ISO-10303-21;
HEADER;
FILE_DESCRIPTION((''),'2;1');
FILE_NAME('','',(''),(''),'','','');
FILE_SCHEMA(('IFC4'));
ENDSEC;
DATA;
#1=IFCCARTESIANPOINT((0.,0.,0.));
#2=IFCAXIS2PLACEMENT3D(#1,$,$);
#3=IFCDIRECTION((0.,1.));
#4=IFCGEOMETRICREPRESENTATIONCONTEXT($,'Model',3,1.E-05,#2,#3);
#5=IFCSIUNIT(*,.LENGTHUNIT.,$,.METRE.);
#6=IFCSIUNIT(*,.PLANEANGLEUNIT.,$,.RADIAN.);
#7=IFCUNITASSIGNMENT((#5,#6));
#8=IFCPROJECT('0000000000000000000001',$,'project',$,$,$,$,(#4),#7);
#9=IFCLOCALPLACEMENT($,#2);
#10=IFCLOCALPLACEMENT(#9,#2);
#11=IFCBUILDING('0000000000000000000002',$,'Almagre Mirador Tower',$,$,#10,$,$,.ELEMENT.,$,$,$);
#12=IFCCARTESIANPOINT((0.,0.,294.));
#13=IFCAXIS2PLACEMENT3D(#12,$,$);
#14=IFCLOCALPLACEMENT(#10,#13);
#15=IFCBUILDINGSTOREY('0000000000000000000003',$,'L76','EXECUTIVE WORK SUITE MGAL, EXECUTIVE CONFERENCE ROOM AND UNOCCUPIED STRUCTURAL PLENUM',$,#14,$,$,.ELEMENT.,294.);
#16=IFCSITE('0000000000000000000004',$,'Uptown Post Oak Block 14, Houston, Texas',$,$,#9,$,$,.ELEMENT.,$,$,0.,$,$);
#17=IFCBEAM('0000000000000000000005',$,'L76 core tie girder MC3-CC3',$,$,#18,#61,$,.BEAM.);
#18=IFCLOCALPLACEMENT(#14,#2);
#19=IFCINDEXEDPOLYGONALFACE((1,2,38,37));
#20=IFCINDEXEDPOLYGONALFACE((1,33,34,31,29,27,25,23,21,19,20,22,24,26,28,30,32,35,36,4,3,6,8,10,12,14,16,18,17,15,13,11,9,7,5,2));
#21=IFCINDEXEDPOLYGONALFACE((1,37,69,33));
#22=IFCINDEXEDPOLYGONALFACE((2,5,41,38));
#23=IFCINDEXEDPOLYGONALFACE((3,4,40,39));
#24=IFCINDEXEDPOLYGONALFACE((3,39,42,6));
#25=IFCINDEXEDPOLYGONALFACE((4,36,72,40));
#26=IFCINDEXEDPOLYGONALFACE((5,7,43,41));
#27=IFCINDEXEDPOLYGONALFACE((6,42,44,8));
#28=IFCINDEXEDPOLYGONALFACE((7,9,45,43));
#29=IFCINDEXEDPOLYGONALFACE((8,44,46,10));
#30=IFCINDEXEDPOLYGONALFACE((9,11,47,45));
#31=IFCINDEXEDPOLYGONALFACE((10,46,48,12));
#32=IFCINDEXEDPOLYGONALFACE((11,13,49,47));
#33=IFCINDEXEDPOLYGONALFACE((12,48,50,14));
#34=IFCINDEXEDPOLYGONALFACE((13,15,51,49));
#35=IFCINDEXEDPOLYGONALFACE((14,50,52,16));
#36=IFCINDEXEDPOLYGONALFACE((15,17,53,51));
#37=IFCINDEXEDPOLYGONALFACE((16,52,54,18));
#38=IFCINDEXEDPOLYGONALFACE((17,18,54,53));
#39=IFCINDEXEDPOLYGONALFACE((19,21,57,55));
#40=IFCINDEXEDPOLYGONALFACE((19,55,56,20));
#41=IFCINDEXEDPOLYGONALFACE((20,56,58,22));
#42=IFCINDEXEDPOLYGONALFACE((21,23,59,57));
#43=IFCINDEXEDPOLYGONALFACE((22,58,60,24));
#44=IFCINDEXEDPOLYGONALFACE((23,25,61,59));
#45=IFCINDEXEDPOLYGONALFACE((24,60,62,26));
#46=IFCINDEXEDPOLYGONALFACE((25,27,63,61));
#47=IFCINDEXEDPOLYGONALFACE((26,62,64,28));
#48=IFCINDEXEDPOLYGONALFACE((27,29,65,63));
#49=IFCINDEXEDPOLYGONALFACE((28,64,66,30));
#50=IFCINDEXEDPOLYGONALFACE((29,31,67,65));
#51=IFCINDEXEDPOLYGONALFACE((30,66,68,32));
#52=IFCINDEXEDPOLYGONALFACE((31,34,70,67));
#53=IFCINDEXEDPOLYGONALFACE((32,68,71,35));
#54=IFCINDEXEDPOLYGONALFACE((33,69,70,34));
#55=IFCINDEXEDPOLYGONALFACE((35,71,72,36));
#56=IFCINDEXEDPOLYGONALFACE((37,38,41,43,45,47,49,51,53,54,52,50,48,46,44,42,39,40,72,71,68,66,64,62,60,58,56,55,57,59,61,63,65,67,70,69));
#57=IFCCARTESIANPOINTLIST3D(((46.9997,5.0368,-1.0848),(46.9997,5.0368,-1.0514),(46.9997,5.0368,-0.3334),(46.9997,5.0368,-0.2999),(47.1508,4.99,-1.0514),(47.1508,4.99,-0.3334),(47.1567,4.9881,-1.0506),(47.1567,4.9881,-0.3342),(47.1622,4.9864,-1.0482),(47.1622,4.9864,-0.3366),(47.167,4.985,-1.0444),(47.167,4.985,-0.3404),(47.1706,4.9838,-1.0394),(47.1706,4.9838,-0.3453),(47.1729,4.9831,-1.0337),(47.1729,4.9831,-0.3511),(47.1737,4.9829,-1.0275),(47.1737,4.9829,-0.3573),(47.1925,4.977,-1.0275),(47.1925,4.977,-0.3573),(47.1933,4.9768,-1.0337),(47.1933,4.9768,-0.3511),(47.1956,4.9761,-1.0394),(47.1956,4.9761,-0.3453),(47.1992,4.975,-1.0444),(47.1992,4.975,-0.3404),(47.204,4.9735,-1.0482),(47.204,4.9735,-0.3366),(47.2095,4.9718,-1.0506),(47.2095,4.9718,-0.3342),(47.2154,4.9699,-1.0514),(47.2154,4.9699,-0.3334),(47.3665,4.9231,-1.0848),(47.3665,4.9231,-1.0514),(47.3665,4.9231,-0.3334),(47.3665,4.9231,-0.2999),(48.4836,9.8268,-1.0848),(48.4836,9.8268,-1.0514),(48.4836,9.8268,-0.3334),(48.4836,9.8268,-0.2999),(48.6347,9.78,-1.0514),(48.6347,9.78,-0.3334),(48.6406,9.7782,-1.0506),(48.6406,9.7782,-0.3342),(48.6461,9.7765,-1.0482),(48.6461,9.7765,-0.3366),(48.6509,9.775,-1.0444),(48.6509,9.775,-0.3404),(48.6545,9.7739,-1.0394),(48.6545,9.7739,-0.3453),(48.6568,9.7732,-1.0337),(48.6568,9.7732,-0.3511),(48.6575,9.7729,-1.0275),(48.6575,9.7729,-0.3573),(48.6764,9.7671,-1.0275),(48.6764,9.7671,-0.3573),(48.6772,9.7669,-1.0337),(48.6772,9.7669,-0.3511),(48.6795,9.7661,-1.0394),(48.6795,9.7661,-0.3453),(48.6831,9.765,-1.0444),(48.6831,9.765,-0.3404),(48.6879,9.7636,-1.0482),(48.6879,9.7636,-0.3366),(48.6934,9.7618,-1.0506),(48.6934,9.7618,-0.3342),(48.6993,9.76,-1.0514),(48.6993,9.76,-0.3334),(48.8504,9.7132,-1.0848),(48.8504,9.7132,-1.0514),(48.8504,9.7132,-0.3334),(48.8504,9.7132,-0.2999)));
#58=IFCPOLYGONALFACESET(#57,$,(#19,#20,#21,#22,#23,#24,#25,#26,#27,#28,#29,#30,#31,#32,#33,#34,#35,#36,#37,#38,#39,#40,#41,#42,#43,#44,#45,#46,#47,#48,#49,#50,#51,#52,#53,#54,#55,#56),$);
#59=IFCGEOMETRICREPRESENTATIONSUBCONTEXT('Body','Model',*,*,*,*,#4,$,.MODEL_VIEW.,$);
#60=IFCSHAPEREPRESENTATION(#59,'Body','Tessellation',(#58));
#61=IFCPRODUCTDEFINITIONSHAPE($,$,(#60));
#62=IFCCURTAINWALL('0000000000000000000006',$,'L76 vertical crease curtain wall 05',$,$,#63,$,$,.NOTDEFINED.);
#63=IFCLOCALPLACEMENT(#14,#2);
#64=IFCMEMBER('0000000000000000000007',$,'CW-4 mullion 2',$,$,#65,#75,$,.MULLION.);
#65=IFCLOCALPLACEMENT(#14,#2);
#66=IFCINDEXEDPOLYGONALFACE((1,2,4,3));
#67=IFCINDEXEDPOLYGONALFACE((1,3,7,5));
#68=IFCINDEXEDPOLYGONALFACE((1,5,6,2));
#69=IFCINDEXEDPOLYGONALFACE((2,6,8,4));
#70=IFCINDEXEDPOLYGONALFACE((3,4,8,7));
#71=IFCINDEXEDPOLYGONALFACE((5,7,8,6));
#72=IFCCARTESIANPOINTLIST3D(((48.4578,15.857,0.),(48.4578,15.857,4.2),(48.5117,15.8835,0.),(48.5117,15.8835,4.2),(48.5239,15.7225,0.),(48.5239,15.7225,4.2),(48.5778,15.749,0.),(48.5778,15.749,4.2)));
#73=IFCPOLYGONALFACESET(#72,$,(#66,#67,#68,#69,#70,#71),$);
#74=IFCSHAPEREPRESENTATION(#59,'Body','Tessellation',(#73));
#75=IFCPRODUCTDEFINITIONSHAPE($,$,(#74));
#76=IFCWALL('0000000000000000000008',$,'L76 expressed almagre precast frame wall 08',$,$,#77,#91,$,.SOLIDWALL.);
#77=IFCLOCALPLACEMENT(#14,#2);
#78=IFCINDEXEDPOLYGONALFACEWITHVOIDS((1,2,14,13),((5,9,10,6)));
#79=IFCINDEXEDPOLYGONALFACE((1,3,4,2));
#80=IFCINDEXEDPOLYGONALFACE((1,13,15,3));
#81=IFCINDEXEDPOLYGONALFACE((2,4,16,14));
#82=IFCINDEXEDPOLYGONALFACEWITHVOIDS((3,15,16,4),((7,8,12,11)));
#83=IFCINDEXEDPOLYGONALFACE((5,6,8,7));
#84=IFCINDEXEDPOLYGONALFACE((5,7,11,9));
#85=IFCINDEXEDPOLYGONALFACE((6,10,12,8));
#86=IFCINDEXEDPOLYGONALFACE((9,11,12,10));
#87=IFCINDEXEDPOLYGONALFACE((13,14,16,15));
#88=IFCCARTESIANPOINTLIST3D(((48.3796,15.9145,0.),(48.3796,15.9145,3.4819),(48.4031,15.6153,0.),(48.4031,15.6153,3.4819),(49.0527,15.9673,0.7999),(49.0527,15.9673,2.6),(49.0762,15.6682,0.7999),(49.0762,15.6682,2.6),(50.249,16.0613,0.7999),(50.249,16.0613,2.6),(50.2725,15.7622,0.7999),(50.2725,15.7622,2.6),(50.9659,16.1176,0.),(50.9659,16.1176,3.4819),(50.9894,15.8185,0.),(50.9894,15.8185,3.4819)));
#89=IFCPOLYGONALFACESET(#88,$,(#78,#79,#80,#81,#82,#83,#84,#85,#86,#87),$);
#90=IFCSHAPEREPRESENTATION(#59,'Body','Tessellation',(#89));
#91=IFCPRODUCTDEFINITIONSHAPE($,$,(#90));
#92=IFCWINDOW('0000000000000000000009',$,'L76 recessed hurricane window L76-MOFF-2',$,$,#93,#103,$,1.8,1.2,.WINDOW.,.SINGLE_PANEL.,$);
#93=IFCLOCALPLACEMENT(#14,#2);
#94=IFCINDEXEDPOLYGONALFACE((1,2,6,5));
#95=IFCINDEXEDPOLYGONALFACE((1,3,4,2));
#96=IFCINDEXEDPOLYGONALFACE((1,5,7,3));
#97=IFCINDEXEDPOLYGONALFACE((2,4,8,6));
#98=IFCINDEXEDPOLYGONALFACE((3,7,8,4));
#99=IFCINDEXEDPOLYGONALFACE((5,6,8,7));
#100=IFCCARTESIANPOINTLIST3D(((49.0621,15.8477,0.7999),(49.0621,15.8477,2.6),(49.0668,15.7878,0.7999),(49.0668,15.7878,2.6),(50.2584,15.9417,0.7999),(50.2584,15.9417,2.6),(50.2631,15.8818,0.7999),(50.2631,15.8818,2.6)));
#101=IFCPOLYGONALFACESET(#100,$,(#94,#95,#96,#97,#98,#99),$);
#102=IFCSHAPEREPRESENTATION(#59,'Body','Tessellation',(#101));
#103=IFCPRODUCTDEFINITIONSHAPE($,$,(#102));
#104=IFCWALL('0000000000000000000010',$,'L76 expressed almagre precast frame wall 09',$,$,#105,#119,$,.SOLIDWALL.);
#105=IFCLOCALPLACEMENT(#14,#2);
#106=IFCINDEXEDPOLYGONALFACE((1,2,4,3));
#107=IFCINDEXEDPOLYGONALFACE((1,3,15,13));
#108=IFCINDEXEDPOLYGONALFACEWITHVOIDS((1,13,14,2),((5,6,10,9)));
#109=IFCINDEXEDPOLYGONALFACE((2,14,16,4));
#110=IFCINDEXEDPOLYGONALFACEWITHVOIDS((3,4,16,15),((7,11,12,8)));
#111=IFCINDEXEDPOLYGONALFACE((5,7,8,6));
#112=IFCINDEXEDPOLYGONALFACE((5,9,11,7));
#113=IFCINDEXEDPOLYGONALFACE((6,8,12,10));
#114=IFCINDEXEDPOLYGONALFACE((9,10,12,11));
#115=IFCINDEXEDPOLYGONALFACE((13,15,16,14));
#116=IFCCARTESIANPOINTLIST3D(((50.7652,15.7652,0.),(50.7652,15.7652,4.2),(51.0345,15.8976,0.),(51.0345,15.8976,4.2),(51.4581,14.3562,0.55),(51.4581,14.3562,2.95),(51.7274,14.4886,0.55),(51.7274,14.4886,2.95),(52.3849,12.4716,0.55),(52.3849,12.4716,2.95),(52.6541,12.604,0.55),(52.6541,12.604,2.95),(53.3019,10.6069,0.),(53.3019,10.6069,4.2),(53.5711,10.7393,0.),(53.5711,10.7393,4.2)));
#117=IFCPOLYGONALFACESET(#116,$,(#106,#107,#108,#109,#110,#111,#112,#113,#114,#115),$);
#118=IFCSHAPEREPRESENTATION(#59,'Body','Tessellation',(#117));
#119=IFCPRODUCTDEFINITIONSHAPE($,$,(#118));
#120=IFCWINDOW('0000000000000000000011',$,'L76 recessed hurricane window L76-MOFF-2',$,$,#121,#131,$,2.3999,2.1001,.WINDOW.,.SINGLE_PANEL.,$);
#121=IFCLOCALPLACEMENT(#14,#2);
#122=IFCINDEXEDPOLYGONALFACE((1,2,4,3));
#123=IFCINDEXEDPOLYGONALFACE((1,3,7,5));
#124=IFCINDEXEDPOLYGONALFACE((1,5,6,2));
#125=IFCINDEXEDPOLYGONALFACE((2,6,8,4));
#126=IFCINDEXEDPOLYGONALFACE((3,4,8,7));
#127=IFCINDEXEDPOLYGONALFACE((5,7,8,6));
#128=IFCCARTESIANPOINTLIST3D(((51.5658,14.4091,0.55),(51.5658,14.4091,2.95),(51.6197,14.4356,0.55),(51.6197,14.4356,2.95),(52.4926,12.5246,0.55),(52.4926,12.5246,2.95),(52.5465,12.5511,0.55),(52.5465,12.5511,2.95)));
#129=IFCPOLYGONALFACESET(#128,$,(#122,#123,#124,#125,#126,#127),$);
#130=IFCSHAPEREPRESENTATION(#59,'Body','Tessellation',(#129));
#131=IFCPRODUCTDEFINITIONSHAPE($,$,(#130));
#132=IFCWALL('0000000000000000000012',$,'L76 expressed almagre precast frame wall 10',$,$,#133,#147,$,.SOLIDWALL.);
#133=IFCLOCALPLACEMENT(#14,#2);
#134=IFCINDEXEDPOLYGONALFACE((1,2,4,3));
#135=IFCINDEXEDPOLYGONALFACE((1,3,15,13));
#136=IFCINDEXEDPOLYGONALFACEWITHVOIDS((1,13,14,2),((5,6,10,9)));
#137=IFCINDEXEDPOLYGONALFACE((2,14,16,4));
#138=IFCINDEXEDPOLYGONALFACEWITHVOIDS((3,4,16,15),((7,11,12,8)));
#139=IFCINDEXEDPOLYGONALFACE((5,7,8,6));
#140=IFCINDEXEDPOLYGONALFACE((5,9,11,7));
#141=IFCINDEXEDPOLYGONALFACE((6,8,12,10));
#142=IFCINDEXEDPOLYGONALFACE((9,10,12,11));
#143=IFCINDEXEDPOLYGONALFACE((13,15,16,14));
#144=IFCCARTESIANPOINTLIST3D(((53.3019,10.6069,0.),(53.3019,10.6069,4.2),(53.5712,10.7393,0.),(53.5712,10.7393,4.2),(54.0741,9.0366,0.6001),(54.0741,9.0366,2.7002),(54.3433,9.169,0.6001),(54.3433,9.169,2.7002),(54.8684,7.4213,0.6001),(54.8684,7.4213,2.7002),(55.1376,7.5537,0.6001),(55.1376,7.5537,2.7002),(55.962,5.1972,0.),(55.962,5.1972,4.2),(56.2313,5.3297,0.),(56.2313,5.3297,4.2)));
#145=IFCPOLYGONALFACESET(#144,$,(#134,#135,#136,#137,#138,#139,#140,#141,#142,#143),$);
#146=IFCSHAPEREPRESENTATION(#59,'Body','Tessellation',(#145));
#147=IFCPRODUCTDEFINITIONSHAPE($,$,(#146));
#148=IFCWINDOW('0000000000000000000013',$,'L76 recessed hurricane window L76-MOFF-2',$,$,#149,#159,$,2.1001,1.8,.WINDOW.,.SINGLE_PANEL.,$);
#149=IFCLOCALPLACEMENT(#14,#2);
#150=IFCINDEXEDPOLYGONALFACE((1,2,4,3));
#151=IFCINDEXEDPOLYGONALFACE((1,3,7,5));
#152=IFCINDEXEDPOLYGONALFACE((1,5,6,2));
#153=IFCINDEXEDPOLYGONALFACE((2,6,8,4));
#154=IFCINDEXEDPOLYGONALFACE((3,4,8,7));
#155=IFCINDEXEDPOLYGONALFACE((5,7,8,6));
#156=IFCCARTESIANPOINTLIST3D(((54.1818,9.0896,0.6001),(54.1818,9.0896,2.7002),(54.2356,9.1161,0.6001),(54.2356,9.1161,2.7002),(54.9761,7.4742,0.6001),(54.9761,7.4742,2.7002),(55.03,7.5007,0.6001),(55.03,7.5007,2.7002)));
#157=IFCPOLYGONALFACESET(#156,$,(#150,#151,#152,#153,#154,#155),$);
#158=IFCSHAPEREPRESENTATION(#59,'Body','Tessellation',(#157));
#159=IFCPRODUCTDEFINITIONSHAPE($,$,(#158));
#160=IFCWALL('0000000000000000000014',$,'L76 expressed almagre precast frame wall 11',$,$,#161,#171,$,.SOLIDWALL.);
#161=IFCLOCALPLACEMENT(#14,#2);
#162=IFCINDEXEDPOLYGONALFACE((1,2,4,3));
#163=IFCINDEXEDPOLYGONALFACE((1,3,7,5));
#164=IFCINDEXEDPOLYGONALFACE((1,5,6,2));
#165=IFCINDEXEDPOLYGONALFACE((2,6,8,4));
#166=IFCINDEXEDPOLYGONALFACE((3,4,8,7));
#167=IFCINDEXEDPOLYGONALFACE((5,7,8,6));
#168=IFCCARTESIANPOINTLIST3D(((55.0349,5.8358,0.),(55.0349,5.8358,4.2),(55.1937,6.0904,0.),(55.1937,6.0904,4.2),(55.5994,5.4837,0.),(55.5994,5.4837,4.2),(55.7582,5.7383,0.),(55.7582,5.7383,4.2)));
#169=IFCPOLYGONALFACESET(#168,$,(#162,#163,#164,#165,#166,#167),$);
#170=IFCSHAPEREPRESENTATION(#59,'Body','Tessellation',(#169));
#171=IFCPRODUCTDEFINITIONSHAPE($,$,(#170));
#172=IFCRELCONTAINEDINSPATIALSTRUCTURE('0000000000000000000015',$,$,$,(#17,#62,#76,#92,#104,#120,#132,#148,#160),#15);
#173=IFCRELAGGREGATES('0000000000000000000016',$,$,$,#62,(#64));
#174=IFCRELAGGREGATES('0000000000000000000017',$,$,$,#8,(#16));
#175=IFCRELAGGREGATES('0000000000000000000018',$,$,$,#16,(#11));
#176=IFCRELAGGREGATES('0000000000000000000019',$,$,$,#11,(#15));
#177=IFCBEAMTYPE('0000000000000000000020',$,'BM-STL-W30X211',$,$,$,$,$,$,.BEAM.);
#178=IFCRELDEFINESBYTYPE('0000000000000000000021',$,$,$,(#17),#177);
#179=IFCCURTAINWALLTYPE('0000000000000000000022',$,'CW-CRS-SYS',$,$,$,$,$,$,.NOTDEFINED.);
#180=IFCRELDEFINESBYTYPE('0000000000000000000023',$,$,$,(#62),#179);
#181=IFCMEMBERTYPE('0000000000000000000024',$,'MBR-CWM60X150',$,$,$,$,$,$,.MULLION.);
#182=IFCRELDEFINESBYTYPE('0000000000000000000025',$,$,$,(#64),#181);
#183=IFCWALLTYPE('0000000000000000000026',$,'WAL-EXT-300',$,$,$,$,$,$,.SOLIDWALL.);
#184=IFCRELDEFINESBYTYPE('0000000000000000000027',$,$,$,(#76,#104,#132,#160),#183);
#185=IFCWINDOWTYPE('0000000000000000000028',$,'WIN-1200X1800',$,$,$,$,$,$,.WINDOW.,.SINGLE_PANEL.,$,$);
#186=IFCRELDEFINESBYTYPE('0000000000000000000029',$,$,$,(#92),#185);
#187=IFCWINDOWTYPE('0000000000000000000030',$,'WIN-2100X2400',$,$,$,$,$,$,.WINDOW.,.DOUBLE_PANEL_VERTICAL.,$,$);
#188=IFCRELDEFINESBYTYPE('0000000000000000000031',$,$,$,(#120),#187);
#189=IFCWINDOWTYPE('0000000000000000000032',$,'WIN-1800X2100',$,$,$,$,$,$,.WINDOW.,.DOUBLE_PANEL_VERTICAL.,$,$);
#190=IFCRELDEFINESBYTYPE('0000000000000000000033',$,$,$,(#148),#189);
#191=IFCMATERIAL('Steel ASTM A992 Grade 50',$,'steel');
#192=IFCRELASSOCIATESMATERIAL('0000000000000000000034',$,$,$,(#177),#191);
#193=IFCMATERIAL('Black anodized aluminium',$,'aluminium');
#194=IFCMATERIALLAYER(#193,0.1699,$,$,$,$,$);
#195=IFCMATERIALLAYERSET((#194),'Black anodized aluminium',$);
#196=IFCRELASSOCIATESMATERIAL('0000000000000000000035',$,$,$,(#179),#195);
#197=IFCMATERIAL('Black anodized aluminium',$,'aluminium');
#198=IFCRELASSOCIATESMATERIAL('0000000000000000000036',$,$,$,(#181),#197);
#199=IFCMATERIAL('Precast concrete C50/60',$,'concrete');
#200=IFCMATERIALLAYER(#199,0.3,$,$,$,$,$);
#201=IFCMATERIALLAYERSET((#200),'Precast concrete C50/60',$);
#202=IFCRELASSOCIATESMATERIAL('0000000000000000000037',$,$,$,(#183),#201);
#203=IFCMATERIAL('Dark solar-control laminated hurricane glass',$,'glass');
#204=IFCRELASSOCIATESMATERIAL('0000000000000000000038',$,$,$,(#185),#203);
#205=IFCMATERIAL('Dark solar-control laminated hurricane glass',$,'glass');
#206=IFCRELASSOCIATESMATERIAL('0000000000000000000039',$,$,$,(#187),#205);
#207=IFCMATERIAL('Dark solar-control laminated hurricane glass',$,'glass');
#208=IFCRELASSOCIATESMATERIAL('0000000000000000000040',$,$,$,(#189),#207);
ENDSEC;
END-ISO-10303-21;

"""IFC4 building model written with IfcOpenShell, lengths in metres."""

from ifc_helpers import new_model, si_unit, direction, frame, frame_2d, origin, origin_2d, place, context, subcontext, project, spatial, rectangle, i_section, extrude, material, layer, layer_set, material_profile, profile_set, type_object, element, fill, aggregate, save


model = new_model("IFC4")

# Units and contexts
model_context = context("Model", 3, precision=1e-05, world=origin(), true_north=direction((0.0, 1.0)))
body_context = subcontext(model_context, "Body", "Model", "MODEL_VIEW")
ifc_project = project(units=[si_unit("LENGTHUNIT", "METRE"), si_unit("PLANEANGLEUNIT", "RADIAN")], contexts=[model_context])

# Site, building, storey
site_placement = place(None, origin())
site = spatial("IfcSite", under=ifc_project, at=site_placement, Name="Uptown Post Oak Block 14, Houston, Texas", CompositionType="ELEMENT", RefElevation=0.0)
building_placement = place(site_placement, origin())
building = spatial("IfcBuilding", under=site, at=building_placement, Name="Almagre Mirador Tower", CompositionType="ELEMENT")
storey_placement = place(building_placement, frame((0.0, 0.0, 294.0)))
storey = spatial("IfcBuildingStorey", under=building, at=storey_placement, Name="L76", Description="EXECUTIVE WORK SUITE MGAL, EXECUTIVE CONFERENCE ROOM AND UNOCCUPIED STRUCTURAL PLENUM", CompositionType="ELEMENT", Elevation=294.0)

# Beam
ifc_material_1 = material(Name="Steel ASTM A992 Grade 50", Category="steel")
ifc_material_profile_1 = material_profile(ifc_material_1, i_section(OverallWidth=0.384, OverallDepth=0.7849, WebThickness=0.0198, FlangeThickness=0.0334, FilletRadius=0.0239, at=origin_2d()), Name="W30X211")
ifc_profile_set_1 = profile_set([ifc_material_profile_1], Name="Steel ASTM A992 Grade 50")
beam_type_1 = type_object("IfcBeamType", Name="BM-STL-W30X211", PredefinedType="BEAM", material=ifc_profile_set_1)
beam_1_placement = place(storey_placement, frame((48.667, 9.77, -0.6924), z_axis=(-0.295912, -0.955215, 0.0), x_axis=(0.955215, -0.295912, 0.0)))
element("IfcBeam", 1, at=beam_1_placement, inside=storey, type_object=beam_type_1, Name="L76 core tie girder MC3-CC3", PredefinedType="BEAM", context=body_context, shape_type="SweptSolid", body=[
    extrude(i_section(OverallWidth=0.384, OverallDepth=0.7849, WebThickness=0.0198, FlangeThickness=0.0334, FilletRadius=0.0239, at=origin_2d()), origin(), (0.0, 0.0, 1.0), 5.0146),
])

# Curtain wall, member
ifc_material_2 = material(Name="Black anodized aluminium", Category="aluminium")
ifc_layer_1 = layer(ifc_material_2, 0.1699)
ifc_layer_set_1 = layer_set([ifc_layer_1], Name="Black anodized aluminium")
curtain_wall_type = type_object("IfcCurtainWallType", Name="CW-CRS-SYS", PredefinedType="NOTDEFINED", material=ifc_layer_set_1)
curtain_wall_placement = place(storey_placement, origin())
curtain_wall = element("IfcCurtainWall", 2, at=curtain_wall_placement, inside=storey, type_object=curtain_wall_type, Name="L76 vertical crease curtain wall 05", PredefinedType="NOTDEFINED")
ifc_material_3 = material(Name="Black anodized aluminium", Category="aluminium")
ifc_material_profile_2 = material_profile(ifc_material_3, rectangle(XDim=0.0601, YDim=0.1499, at=origin_2d()), Name="CWM60X150")
ifc_profile_set_2 = profile_set([ifc_material_profile_2], Name="Black anodized aluminium")
member_type = type_object("IfcMemberType", Name="MBR-CWM60X150", PredefinedType="MULLION", material=ifc_profile_set_2)
member_placement = place(storey_placement, frame((48.5178, 15.803, 0.0), z_axis=(0.0, 0.0, 1.0), x_axis=(0.897375, 0.441269, 0.0)))
member = element("IfcMember", 3, at=member_placement, type_object=member_type, Name="CW-4 mullion 2", PredefinedType="MULLION", context=body_context, shape_type="SweptSolid", body=[
    extrude(rectangle(XDim=0.0601, YDim=0.1499, at=origin_2d()), origin(), (0.0, 0.0, 1.0), 4.2),
])
aggregate(curtain_wall, [member])

# Walls, openings, windows
ifc_material_4 = material(Name="Precast concrete C50/60", Category="concrete")
ifc_layer_2 = layer(ifc_material_4, 0.3)
ifc_layer_set_2 = layer_set([ifc_layer_2], Name="Precast concrete C50/60")
wall_type_1 = type_object("IfcWallType", Name="WAL-EXT-300", PredefinedType="SOLIDWALL", material=ifc_layer_set_2)
wall_1_placement = place(storey_placement, frame((48.3914, 15.7649, 0.0), z_axis=(0.0, 0.0, 1.0), x_axis=(0.99693, 0.078301, 0.0)))
wall_1 = element("IfcWall", 4, at=wall_1_placement, inside=storey, type_object=wall_type_1, Name="L76 expressed almagre precast frame wall 08", PredefinedType="SOLIDWALL", context=body_context, shape_type="SweptSolid", body=[
    extrude(rectangle(XDim=2.5942, YDim=0.3, at=frame_2d((1.2971, 0.0))), origin(), (0.0, 0.0, 1.0), 3.4819),
])
opening_1_placement = place(wall_1_placement, frame((0.675, 0.0, 0.8)))
opening_1 = element("IfcOpeningElement", 5, at=opening_1_placement, cuts=wall_1, PredefinedType="OPENING", context=body_context, shape_type="SweptSolid", body=[
    extrude(rectangle(XDim=1.2, YDim=1.8, at=frame_2d((0.6001, 0.8999))), frame((0.0, 0.1599, 0.0), z_axis=(0.0, -1.0, 0.0), x_axis=(1.0, 0.0, 0.0)), (0.0, 0.0, 1.0), 0.32),
])
ifc_material_5 = material(Name="Dark solar-control laminated hurricane glass", Category="glass")
window_type_1 = type_object("IfcWindowType", Name="WIN-1200X1800", PartitioningType="SINGLE_PANEL", PredefinedType="WINDOW", material=ifc_material_5)
window_1_placement = place(opening_1_placement, origin())
window_1 = element("IfcWindow", 6, at=window_1_placement, inside=storey, type_object=window_type_1, Name="L76 recessed hurricane window L76-MOFF-2", OverallHeight=1.8, OverallWidth=1.2, PartitioningType="SINGLE_PANEL", PredefinedType="WINDOW", context=body_context, shape_type="SweptSolid", body=[
    extrude(rectangle(XDim=1.2, YDim=1.8, at=frame_2d((0.6001, 0.8999))), frame((0.0, 0.03, 0.0), z_axis=(0.0, -1.0, 0.0), x_axis=(1.0, 0.0, 0.0)), (0.0, 0.0, 1.0), 0.0601),
])
fill(opening_1, window_1)
wall_2_placement = place(storey_placement, frame((50.8999, 15.8313, 0.0), z_axis=(0.0, 0.0, 1.0), x_axis=(0.441292, -0.897364, 0.0)))
wall_2 = element("IfcWall", 7, at=wall_2_placement, inside=storey, type_object=wall_type_1, Name="L76 expressed almagre precast frame wall 09", PredefinedType="SOLIDWALL", context=body_context, shape_type="SweptSolid", body=[
    extrude(rectangle(XDim=5.7483, YDim=0.3, at=frame_2d((2.874, 0.0))), origin(), (0.0, 0.0, 1.0), 4.2),
])
opening_2_placement = place(wall_2_placement, frame((1.5701, 0.0, 0.55)))
opening_2 = element("IfcOpeningElement", 8, at=opening_2_placement, cuts=wall_2, PredefinedType="OPENING", context=body_context, shape_type="SweptSolid", body=[
    extrude(rectangle(XDim=2.1001, YDim=2.3999, at=frame_2d((1.05, 1.2))), frame((0.0, 0.1599, 0.0), z_axis=(0.0, -1.0, 0.0), x_axis=(1.0, 0.0, 0.0)), (0.0, 0.0, 1.0), 0.32),
])
ifc_material_6 = material(Name="Dark solar-control laminated hurricane glass", Category="glass")
window_type_2 = type_object("IfcWindowType", Name="WIN-2100X2400", PartitioningType="DOUBLE_PANEL_VERTICAL", PredefinedType="WINDOW", material=ifc_material_6)
window_2_placement = place(opening_2_placement, origin())
window_2 = element("IfcWindow", 9, at=window_2_placement, inside=storey, type_object=window_type_2, Name="L76 recessed hurricane window L76-MOFF-2", OverallHeight=2.3999, OverallWidth=2.1001, PartitioningType="SINGLE_PANEL", PredefinedType="WINDOW", context=body_context, shape_type="SweptSolid", body=[
    extrude(rectangle(XDim=2.1001, YDim=2.3999, at=frame_2d((1.05, 1.2))), frame((0.0, 0.03, 0.0), z_axis=(0.0, -1.0, 0.0), x_axis=(1.0, 0.0, 0.0)), (0.0, 0.0, 1.0), 0.0601),
])
fill(opening_2, window_2)
wall_3_placement = place(storey_placement, frame((53.4365, 10.6731, 0.0), z_axis=(0.0, 0.0, 1.0), x_axis=(0.441275, -0.897372, 0.0)))
wall_3 = element("IfcWall", 10, at=wall_3_placement, inside=storey, type_object=wall_type_1, Name="L76 expressed almagre precast frame wall 10", PredefinedType="SOLIDWALL", context=body_context, shape_type="SweptSolid", body=[
    extrude(rectangle(XDim=6.0283, YDim=0.3, at=frame_2d((3.0142, 0.0))), origin(), (0.0, 0.0, 1.0), 4.2),
])
opening_3_placement = place(wall_3_placement, frame((1.75, 0.0, 0.6001)))
opening_3 = element("IfcOpeningElement", 11, at=opening_3_placement, cuts=wall_3, PredefinedType="OPENING", context=body_context, shape_type="SweptSolid", body=[
    extrude(rectangle(XDim=1.8, YDim=2.1001, at=frame_2d((0.8999, 1.05))), frame((0.0, 0.1599, 0.0), z_axis=(0.0, -1.0, 0.0), x_axis=(1.0, 0.0, 0.0)), (0.0, 0.0, 1.0), 0.32),
])
ifc_material_7 = material(Name="Dark solar-control laminated hurricane glass", Category="glass")
window_type_3 = type_object("IfcWindowType", Name="WIN-1800X2100", PartitioningType="DOUBLE_PANEL_VERTICAL", PredefinedType="WINDOW", material=ifc_material_7)
window_3_placement = place(opening_3_placement, origin())
window_3 = element("IfcWindow", 12, at=window_3_placement, inside=storey, type_object=window_type_3, Name="L76 recessed hurricane window L76-MOFF-2", OverallHeight=2.1001, OverallWidth=1.8, PartitioningType="SINGLE_PANEL", PredefinedType="WINDOW", context=body_context, shape_type="SweptSolid", body=[
    extrude(rectangle(XDim=1.8, YDim=2.1001, at=frame_2d((0.8999, 1.05))), frame((0.0, 0.03, 0.0), z_axis=(0.0, -1.0, 0.0), x_axis=(1.0, 0.0, 0.0)), (0.0, 0.0, 1.0), 0.0601),
])
fill(opening_3, window_3)

# Wall
wall_4_placement = place(storey_placement, frame((55.6787, 5.6111, 0.0), z_axis=(0.0, 0.0, 1.0), x_axis=(-0.848493, 0.529207, 0.0)))
element("IfcWall", 13, at=wall_4_placement, inside=storey, type_object=wall_type_1, Name="L76 expressed almagre precast frame wall 11", PredefinedType="SOLIDWALL", context=body_context, shape_type="SweptSolid", body=[
    extrude(rectangle(XDim=0.6653, YDim=0.3, at=frame_2d((0.3325, 0.0))), origin(), (0.0, 0.0, 1.0), 4.2),
])

save(model, "model.ifc")
